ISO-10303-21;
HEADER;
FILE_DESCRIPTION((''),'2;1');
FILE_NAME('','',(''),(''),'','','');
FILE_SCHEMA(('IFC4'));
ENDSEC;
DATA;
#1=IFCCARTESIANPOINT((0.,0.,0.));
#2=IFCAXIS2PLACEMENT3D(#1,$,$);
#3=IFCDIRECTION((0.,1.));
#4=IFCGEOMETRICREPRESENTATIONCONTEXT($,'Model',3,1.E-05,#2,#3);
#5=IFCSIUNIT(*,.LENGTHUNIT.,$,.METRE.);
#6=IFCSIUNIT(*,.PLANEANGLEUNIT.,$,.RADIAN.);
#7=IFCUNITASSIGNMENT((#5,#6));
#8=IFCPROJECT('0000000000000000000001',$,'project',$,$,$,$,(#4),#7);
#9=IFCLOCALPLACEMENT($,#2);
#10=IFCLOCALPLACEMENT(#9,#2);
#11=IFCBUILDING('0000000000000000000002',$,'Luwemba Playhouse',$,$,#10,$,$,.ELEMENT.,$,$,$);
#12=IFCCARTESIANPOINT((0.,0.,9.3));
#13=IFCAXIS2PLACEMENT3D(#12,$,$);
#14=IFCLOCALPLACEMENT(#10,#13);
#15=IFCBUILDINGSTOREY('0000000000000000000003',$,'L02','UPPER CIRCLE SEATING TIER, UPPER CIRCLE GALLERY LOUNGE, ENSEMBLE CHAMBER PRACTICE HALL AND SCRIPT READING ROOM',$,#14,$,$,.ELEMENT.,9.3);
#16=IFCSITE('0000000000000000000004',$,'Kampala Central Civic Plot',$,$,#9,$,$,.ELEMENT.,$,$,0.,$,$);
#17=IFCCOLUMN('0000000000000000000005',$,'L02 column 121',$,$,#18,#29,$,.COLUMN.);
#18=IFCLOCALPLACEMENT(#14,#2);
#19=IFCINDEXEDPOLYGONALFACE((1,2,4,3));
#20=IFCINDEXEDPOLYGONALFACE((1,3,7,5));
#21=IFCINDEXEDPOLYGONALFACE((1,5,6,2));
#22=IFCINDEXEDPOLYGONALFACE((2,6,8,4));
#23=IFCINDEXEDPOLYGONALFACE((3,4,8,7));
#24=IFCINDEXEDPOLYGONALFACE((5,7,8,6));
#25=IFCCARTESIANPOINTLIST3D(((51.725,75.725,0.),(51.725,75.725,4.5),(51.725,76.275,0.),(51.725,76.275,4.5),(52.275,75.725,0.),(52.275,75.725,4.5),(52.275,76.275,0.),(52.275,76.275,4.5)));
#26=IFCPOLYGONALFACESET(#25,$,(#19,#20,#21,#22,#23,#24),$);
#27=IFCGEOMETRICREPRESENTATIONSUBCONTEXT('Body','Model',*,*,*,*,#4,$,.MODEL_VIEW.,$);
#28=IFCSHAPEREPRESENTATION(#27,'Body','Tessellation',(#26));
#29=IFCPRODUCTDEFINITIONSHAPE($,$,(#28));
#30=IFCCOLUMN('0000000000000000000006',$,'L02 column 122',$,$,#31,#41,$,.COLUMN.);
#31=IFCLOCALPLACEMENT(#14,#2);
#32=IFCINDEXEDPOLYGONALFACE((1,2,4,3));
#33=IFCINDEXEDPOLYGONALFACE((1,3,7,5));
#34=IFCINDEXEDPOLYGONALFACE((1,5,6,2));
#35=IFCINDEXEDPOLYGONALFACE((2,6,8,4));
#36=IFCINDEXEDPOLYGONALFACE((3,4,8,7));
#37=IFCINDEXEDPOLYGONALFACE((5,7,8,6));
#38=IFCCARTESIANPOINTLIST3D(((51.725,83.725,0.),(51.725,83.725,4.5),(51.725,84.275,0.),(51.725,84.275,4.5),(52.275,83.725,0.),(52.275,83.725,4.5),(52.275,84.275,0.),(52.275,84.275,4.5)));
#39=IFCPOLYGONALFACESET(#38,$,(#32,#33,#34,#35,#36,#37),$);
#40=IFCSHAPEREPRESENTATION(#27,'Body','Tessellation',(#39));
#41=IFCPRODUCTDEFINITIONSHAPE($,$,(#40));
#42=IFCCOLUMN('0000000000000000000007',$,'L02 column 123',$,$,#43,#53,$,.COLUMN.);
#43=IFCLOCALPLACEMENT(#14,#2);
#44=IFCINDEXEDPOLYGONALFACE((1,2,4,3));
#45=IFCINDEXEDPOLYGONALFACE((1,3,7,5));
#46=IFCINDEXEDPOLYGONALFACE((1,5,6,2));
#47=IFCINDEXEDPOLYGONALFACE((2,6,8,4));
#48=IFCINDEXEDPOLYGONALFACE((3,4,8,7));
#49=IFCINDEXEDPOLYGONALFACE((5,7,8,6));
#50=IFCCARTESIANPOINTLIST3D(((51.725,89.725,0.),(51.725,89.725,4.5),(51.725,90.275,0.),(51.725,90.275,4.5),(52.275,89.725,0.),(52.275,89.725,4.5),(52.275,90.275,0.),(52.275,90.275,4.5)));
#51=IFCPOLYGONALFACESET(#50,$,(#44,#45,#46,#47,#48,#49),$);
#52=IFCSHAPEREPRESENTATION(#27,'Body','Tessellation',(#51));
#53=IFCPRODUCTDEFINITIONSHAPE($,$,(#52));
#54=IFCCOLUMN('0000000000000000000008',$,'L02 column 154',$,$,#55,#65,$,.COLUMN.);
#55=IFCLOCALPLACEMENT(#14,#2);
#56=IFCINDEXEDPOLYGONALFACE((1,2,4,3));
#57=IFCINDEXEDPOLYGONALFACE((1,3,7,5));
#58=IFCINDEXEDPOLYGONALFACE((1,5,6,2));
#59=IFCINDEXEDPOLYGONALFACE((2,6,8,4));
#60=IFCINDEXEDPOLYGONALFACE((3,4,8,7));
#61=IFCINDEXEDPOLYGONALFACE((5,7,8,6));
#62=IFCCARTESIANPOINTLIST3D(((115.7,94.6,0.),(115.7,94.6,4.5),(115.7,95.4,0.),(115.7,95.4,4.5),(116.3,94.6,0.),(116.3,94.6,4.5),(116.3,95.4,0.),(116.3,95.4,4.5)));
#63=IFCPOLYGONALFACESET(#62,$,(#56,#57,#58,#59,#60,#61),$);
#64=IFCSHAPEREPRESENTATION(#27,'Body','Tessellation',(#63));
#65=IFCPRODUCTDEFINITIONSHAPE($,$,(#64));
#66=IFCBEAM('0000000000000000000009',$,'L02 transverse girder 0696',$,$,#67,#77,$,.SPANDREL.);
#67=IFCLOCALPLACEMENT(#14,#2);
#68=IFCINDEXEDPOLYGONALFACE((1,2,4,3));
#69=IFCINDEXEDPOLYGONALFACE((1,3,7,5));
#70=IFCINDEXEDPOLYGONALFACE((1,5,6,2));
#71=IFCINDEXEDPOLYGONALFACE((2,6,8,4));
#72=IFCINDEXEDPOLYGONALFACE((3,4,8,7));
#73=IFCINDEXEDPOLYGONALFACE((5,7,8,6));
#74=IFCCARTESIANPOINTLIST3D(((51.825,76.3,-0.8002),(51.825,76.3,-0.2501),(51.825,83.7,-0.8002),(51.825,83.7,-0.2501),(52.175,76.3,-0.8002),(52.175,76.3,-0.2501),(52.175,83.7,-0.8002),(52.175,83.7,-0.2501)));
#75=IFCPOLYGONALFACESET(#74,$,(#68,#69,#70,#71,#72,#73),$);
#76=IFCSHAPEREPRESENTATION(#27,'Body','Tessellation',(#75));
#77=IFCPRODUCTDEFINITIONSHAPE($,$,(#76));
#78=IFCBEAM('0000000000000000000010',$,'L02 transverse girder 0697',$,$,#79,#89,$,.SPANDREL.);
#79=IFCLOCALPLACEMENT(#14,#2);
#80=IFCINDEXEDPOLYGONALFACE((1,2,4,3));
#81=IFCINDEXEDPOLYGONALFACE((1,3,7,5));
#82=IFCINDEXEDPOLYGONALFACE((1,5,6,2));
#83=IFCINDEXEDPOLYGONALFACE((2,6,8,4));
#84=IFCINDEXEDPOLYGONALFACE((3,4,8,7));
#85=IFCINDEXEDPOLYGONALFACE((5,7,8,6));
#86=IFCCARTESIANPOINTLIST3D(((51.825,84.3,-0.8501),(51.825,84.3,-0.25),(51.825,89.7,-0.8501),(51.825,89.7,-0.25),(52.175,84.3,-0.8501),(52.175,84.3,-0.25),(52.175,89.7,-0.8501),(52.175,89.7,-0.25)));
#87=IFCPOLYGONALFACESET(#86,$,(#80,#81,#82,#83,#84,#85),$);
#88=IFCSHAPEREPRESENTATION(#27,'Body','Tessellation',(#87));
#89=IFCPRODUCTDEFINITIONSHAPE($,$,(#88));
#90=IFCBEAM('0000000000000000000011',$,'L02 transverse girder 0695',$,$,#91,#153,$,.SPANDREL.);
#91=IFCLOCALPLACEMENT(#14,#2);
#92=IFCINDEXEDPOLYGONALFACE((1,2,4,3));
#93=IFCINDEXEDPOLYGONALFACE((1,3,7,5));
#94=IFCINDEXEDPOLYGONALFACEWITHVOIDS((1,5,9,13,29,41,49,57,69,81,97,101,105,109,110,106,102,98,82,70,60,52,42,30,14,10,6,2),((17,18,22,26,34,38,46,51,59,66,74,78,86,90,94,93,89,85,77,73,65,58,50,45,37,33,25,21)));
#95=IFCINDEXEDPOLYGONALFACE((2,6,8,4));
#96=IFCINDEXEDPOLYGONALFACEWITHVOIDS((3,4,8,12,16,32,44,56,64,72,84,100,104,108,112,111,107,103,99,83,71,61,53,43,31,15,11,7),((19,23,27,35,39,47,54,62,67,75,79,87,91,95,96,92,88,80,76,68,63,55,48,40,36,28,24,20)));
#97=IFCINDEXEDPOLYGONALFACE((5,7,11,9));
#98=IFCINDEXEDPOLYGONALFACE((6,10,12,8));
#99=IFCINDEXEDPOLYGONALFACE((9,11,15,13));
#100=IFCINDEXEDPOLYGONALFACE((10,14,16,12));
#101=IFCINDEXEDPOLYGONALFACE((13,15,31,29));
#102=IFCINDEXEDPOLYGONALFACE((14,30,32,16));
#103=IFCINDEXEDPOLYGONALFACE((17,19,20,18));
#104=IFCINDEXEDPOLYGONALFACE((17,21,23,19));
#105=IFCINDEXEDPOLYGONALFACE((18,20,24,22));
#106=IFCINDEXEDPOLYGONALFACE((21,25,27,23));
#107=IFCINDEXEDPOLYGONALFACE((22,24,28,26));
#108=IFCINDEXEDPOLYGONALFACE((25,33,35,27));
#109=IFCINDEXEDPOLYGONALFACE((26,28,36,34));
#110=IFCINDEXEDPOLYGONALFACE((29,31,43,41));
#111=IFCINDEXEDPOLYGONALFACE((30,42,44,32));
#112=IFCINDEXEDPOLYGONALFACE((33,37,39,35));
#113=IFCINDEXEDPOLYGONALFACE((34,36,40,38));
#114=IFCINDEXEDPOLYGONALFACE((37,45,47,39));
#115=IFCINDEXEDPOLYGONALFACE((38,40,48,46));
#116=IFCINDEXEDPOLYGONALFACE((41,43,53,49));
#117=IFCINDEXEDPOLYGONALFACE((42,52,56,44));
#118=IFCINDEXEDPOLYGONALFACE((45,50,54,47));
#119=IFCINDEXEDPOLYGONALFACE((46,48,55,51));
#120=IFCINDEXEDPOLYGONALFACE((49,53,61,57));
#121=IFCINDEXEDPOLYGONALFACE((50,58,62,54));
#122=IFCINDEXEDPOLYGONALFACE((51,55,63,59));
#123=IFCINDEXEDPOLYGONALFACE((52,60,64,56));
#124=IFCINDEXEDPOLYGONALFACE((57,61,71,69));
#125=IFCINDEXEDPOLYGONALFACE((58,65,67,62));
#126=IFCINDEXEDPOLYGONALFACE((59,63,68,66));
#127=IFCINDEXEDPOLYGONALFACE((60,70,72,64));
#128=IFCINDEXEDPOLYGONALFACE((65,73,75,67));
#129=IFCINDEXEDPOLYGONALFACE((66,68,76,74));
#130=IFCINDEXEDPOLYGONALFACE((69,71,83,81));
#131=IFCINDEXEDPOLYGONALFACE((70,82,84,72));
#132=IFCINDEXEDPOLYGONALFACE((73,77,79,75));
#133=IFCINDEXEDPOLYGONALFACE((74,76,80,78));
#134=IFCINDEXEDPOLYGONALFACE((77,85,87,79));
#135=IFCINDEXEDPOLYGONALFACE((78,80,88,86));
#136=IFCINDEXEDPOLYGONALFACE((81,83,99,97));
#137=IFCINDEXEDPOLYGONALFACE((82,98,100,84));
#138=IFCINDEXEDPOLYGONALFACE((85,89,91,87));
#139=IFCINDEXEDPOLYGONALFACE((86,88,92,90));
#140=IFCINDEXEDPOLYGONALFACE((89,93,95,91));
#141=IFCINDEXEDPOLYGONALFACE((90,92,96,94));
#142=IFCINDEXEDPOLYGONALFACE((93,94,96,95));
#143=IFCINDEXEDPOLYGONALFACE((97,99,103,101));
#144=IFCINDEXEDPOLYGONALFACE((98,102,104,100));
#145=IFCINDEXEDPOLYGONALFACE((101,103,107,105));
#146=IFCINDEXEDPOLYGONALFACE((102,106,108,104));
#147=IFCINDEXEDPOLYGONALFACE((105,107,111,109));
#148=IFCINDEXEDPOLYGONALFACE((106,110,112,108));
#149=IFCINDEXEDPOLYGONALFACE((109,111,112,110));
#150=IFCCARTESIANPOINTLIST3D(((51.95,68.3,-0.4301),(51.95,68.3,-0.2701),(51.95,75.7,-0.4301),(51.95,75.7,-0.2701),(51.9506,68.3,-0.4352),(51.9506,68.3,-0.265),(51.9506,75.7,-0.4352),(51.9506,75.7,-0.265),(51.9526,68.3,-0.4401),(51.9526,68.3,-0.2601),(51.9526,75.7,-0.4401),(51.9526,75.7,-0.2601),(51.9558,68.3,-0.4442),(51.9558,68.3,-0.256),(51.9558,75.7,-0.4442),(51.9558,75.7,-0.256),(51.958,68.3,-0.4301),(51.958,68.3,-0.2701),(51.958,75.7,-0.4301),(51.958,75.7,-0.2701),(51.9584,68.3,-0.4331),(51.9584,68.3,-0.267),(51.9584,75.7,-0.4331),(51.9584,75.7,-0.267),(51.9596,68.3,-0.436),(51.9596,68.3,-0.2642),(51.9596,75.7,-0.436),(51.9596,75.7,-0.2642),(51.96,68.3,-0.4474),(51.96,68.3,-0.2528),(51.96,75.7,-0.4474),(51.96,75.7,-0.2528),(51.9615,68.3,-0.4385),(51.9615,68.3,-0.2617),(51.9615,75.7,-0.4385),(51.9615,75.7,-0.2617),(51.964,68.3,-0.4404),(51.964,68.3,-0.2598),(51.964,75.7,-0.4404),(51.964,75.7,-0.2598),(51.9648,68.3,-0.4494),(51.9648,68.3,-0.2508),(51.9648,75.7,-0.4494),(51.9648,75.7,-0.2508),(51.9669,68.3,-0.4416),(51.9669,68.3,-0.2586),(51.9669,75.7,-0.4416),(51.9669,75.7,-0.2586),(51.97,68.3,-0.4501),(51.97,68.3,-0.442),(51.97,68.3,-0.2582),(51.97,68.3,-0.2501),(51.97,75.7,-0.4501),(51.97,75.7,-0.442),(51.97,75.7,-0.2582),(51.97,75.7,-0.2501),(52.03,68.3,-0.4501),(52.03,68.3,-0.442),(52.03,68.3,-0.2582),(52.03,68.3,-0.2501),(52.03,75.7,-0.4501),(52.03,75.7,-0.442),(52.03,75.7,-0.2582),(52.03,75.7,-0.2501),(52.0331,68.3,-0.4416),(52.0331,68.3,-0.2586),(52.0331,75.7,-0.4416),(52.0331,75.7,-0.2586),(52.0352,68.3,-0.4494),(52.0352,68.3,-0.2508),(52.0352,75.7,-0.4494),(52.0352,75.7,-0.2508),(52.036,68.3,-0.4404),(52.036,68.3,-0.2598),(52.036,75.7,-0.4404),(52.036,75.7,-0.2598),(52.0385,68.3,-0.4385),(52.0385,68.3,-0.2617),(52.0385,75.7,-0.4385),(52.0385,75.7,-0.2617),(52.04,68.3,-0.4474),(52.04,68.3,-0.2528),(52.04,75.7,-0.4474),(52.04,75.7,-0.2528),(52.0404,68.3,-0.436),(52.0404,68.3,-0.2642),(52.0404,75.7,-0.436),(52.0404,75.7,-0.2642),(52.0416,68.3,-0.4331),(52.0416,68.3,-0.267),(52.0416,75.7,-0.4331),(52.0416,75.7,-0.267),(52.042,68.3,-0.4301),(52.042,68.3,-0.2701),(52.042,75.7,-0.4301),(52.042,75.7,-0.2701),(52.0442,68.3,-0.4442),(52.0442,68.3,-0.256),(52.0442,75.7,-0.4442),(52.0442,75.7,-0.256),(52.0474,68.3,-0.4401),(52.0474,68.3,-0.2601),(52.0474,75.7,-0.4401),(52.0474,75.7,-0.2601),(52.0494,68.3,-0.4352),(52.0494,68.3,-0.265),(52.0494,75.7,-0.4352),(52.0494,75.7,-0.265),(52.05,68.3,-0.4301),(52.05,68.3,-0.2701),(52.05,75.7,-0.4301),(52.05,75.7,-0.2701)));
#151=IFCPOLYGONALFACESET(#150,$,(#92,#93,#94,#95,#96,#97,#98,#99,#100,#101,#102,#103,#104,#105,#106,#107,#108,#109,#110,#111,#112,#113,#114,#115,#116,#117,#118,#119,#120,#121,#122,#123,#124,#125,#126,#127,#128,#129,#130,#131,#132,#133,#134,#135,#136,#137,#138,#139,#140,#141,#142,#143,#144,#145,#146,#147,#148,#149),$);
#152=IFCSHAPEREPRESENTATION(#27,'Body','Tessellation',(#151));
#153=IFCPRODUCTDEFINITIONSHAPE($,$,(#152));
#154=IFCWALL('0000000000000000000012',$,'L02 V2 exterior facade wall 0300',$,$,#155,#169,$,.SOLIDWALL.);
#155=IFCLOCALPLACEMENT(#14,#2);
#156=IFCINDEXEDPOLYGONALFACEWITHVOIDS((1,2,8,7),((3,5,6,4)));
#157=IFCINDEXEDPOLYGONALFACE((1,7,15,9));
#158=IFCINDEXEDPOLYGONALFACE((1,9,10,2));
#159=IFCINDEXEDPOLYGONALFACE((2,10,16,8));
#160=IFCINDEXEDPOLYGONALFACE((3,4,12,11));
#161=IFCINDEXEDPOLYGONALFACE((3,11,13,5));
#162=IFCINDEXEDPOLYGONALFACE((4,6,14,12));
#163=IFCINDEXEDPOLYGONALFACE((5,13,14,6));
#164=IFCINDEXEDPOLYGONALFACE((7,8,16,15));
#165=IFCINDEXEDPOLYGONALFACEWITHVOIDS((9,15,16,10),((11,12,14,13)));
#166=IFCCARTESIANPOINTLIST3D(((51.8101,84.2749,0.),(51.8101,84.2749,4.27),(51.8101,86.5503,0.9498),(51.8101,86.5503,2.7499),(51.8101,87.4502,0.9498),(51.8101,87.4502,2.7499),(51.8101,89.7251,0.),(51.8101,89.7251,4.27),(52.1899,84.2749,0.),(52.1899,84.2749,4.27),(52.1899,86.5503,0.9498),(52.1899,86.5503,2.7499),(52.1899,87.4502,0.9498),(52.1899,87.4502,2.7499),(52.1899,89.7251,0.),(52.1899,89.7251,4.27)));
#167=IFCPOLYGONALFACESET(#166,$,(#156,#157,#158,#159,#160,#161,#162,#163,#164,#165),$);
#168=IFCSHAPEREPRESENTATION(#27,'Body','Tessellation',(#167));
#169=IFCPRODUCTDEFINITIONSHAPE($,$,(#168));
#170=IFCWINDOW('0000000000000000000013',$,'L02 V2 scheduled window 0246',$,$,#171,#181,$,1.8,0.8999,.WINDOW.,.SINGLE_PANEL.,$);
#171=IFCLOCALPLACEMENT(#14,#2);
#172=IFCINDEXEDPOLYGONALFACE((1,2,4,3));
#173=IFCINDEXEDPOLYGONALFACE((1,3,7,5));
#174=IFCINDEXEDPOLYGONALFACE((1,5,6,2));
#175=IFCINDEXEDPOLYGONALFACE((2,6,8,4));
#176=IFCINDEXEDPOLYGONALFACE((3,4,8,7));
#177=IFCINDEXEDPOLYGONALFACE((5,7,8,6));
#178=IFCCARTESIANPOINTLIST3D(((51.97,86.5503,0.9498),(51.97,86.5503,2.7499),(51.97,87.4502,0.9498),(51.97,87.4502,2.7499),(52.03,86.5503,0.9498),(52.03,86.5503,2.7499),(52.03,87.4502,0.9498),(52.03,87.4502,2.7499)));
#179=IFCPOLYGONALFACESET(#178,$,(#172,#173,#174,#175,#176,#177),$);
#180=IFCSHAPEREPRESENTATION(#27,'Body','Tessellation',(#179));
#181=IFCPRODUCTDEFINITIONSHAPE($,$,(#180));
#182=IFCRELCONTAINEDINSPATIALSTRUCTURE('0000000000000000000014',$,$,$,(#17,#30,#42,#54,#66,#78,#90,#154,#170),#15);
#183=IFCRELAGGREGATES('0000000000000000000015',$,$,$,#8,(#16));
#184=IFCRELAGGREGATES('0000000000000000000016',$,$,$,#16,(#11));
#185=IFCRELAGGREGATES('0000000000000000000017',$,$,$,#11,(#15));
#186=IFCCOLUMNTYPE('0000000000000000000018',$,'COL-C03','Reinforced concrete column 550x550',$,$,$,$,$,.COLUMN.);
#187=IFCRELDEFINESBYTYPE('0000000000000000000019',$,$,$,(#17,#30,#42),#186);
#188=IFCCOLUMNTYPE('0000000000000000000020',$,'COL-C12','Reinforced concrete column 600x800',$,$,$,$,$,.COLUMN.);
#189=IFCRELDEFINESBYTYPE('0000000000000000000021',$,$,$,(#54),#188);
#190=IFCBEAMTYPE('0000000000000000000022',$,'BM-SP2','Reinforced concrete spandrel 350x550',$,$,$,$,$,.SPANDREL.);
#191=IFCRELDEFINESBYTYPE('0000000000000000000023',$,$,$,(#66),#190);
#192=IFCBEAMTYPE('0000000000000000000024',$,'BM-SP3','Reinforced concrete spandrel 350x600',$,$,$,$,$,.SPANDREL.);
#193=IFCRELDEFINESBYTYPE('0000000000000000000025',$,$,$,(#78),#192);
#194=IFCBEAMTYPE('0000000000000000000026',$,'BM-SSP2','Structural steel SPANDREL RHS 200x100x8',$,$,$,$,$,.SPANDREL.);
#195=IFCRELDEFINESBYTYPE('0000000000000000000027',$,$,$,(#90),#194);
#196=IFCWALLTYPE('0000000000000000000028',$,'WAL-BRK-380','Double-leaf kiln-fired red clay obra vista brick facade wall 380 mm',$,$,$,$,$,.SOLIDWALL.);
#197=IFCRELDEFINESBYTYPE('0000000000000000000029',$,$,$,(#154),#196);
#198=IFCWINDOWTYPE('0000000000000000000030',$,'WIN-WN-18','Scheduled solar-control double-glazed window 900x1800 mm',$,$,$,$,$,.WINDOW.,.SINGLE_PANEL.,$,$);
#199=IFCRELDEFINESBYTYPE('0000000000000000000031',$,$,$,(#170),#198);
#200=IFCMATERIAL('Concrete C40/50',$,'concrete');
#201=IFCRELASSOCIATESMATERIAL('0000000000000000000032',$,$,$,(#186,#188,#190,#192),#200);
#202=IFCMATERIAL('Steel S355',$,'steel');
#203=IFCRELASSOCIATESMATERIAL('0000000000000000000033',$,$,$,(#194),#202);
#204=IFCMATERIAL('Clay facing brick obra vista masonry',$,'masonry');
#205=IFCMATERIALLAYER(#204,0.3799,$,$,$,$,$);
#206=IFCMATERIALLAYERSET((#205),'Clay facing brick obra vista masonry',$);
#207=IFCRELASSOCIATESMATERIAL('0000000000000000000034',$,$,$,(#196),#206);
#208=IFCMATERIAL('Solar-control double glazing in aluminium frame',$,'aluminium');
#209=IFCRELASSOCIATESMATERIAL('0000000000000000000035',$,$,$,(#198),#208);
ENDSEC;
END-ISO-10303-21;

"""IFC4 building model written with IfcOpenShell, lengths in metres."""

from ifc_helpers import new_model, si_unit, direction, frame, frame_2d, origin, origin_2d, place, context, subcontext, project, spatial, rectangle, hollow_rectangle, extrude, material, layer, layer_set, material_profile, profile_set, type_object, element, fill, save


model = new_model("IFC4")

# Units and contexts
model_context = context("Model", 3, precision=1e-05, world=origin(), true_north=direction((0.0, 1.0)))
body_context = subcontext(model_context, "Body", "Model", "MODEL_VIEW")
ifc_project = project(units=[si_unit("LENGTHUNIT", "METRE"), si_unit("PLANEANGLEUNIT", "RADIAN")], contexts=[model_context])

# Site, building, storey
site_placement = place(None, origin())
site = spatial("IfcSite", under=ifc_project, at=site_placement, Name="Kampala Central Civic Plot", CompositionType="ELEMENT", RefElevation=0.0)
building_placement = place(site_placement, origin())
building = spatial("IfcBuilding", under=site, at=building_placement, Name="Luwemba Playhouse", CompositionType="ELEMENT")
storey_placement = place(building_placement, frame((0.0, 0.0, 9.3)))
storey = spatial("IfcBuildingStorey", under=building, at=storey_placement, Name="L02", Description="UPPER CIRCLE SEATING TIER, UPPER CIRCLE GALLERY LOUNGE, ENSEMBLE CHAMBER PRACTICE HALL AND SCRIPT READING ROOM", CompositionType="ELEMENT", Elevation=9.3)

# Columns
ifc_material_1 = material(Name="Concrete C40/50", Category="concrete")
ifc_material_profile_1 = material_profile(ifc_material_1, rectangle(XDim=0.55, YDim=0.55, at=origin_2d()))
ifc_profile_set_1 = profile_set([ifc_material_profile_1], Name="Concrete C40/50")
column_type_1 = type_object("IfcColumnType", Name="COL-C03", Description="Reinforced concrete column 550x550", PredefinedType="COLUMN", material=ifc_profile_set_1)
for number, where, z_axis, x_axis, name in (
    (1, (52.0, 76.0, 0.0), (0.0, 0.0, 1.0), (1.0, 0.0, 0.0), "L02 column 121"),
    (2, (52.0, 84.0, 0.0), (0.0, 0.0, 1.0), (1.0, 0.0, 0.0), "L02 column 122"),
    (3, (52.0, 90.0, 0.0), (0.0, 0.0, 1.0), (1.0, 0.0, 0.0), "L02 column 123"),
):
    element("IfcColumn", number, at=place(storey_placement, frame(where, z_axis=z_axis, x_axis=x_axis)), inside=storey, type_object=column_type_1, Name=name, PredefinedType="COLUMN", context=body_context, shape_type="SweptSolid", body=[
        extrude(rectangle(XDim=0.55, YDim=0.55, at=origin_2d()), origin(), (0.0, 0.0, 1.0), 4.5),
    ])
ifc_material_profile_2 = material_profile(ifc_material_1, rectangle(XDim=0.6001, YDim=0.8, at=origin_2d()))
ifc_profile_set_2 = profile_set([ifc_material_profile_2], Name="Concrete C40/50")
column_type_2 = type_object("IfcColumnType", Name="COL-C12", Description="Reinforced concrete column 600x800", PredefinedType="COLUMN", material=ifc_profile_set_2)
column_placement = place(storey_placement, frame((116.0, 95.0, 0.0), z_axis=(0.0, 0.0, 1.0), x_axis=(1.0, 0.0, 0.0)))
element("IfcColumn", 4, at=column_placement, inside=storey, type_object=column_type_2, Name="L02 column 154", PredefinedType="COLUMN", context=body_context, shape_type="SweptSolid", body=[
    extrude(rectangle(XDim=0.6001, YDim=0.8, at=origin_2d()), origin(), (0.0, 0.0, 1.0), 4.5),
])

# Beams
ifc_material_profile_3 = material_profile(ifc_material_1, rectangle(XDim=0.3501, YDim=0.55, at=origin_2d()))
ifc_profile_set_3 = profile_set([ifc_material_profile_3], Name="Concrete C40/50")
beam_type_1 = type_object("IfcBeamType", Name="BM-SP2", Description="Reinforced concrete spandrel 350x550", PredefinedType="SPANDREL", material=ifc_profile_set_3)
beam_1_placement = place(storey_placement, frame((52.0, 76.3, -0.5251), z_axis=(0.0, 1.0, 0.0), x_axis=(-1.0, 0.0, 0.0)))
element("IfcBeam", 5, at=beam_1_placement, inside=storey, type_object=beam_type_1, Name="L02 transverse girder 0696", PredefinedType="SPANDREL", context=body_context, shape_type="SweptSolid", body=[
    extrude(rectangle(XDim=0.3501, YDim=0.55, at=origin_2d()), origin(), (0.0, 0.0, 1.0), 7.3999),
])
ifc_material_profile_4 = material_profile(ifc_material_1, rectangle(XDim=0.3501, YDim=0.6001, at=origin_2d()))
ifc_profile_set_4 = profile_set([ifc_material_profile_4], Name="Concrete C40/50")
beam_type_2 = type_object("IfcBeamType", Name="BM-SP3", Description="Reinforced concrete spandrel 350x600", PredefinedType="SPANDREL", material=ifc_profile_set_4)
beam_2_placement = place(storey_placement, frame((52.0, 84.3, -0.55), z_axis=(0.0, 1.0, 0.0), x_axis=(-1.0, 0.0, 0.0)))
element("IfcBeam", 6, at=beam_2_placement, inside=storey, type_object=beam_type_2, Name="L02 transverse girder 0697", PredefinedType="SPANDREL", context=body_context, shape_type="SweptSolid", body=[
    extrude(rectangle(XDim=0.3501, YDim=0.6001, at=origin_2d()), origin(), (0.0, 0.0, 1.0), 5.3999),
])
ifc_material_2 = material(Name="Steel S355", Category="steel")
ifc_material_profile_5 = material_profile(ifc_material_2, hollow_rectangle(XDim=0.1001, YDim=0.2, WallThickness=0.0081, InnerFilletRadius=0.012, OuterFilletRadius=0.02, at=origin_2d()))
ifc_profile_set_5 = profile_set([ifc_material_profile_5], Name="Steel S355")
beam_type_3 = type_object("IfcBeamType", Name="BM-SSP2", Description="Structural steel SPANDREL RHS 200x100x8", PredefinedType="SPANDREL", material=ifc_profile_set_5)
beam_3_placement = place(storey_placement, frame((52.0, 68.3, -0.3501), z_axis=(0.0, 1.0, 0.0), x_axis=(-1.0, 0.0, 0.0)))
element("IfcBeam", 7, at=beam_3_placement, inside=storey, type_object=beam_type_3, Name="L02 transverse girder 0695", PredefinedType="SPANDREL", context=body_context, shape_type="SweptSolid", body=[
    extrude(hollow_rectangle(XDim=0.1001, YDim=0.2, WallThickness=0.0081, InnerFilletRadius=0.012, OuterFilletRadius=0.02, at=origin_2d()), origin(), (0.0, 0.0, 1.0), 7.3999),
])

# Wall, opening, window
ifc_material_3 = material(Name="Clay facing brick obra vista masonry", Category="masonry")
ifc_layer_1 = layer(ifc_material_3, 0.3799)
ifc_layer_set_1 = layer_set([ifc_layer_1], Name="Clay facing brick obra vista masonry")
wall_type_1 = type_object("IfcWallType", Name="WAL-BRK-380", Description="Double-leaf kiln-fired red clay obra vista brick facade wall 380 mm", PredefinedType="SOLIDWALL", material=ifc_layer_set_1)
wall_1_placement = place(storey_placement, frame((52.0, 89.7251, 0.0), z_axis=(0.0, 0.0, 1.0), x_axis=(0.0, -1.0, 0.0)))
wall_1 = element("IfcWall", 8, at=wall_1_placement, inside=storey, type_object=wall_type_1, Name="L02 V2 exterior facade wall 0300", PredefinedType="SOLIDWALL", context=body_context, shape_type="SweptSolid", body=[
    extrude(rectangle(XDim=5.4502, YDim=0.3799, at=frame_2d((2.7251, 0.0))), origin(), (0.0, 0.0, 1.0), 4.27),
])
opening_1_placement = place(wall_1_placement, frame((2.2749, 0.0, 0.95)))
opening_1 = element("IfcOpeningElement", 9, at=opening_1_placement, cuts=wall_1, PredefinedType="OPENING", context=body_context, shape_type="SweptSolid", body=[
    extrude(rectangle(XDim=0.8999, YDim=1.8, at=frame_2d((0.45, 0.8999))), frame((0.0, 0.2, 0.0), z_axis=(0.0, -1.0, 0.0), x_axis=(1.0, 0.0, 0.0)), (0.0, 0.0, 1.0), 0.3999),
])
ifc_material_4 = material(Name="Solar-control double glazing in aluminium frame", Category="aluminium")
window_type_1 = type_object("IfcWindowType", Name="WIN-WN-18", Description="Scheduled solar-control double-glazed window 900x1800 mm", PartitioningType="SINGLE_PANEL", PredefinedType="WINDOW", material=ifc_material_4)
window_1_placement = place(opening_1_placement, origin())
window_1 = element("IfcWindow", 10, at=window_1_placement, inside=storey, type_object=window_type_1, Name="L02 V2 scheduled window 0246", OverallHeight=1.8, OverallWidth=0.8999, PartitioningType="SINGLE_PANEL", PredefinedType="WINDOW", context=body_context, shape_type="SweptSolid", body=[
    extrude(rectangle(XDim=0.8999, YDim=1.8, at=frame_2d((0.45, 0.8999))), frame((0.0, 0.03, 0.0), z_axis=(0.0, -1.0, 0.0), x_axis=(1.0, 0.0, 0.0)), (0.0, 0.0, 1.0), 0.0601),
])
fill(opening_1, window_1)

save(model, "model.ifc")
